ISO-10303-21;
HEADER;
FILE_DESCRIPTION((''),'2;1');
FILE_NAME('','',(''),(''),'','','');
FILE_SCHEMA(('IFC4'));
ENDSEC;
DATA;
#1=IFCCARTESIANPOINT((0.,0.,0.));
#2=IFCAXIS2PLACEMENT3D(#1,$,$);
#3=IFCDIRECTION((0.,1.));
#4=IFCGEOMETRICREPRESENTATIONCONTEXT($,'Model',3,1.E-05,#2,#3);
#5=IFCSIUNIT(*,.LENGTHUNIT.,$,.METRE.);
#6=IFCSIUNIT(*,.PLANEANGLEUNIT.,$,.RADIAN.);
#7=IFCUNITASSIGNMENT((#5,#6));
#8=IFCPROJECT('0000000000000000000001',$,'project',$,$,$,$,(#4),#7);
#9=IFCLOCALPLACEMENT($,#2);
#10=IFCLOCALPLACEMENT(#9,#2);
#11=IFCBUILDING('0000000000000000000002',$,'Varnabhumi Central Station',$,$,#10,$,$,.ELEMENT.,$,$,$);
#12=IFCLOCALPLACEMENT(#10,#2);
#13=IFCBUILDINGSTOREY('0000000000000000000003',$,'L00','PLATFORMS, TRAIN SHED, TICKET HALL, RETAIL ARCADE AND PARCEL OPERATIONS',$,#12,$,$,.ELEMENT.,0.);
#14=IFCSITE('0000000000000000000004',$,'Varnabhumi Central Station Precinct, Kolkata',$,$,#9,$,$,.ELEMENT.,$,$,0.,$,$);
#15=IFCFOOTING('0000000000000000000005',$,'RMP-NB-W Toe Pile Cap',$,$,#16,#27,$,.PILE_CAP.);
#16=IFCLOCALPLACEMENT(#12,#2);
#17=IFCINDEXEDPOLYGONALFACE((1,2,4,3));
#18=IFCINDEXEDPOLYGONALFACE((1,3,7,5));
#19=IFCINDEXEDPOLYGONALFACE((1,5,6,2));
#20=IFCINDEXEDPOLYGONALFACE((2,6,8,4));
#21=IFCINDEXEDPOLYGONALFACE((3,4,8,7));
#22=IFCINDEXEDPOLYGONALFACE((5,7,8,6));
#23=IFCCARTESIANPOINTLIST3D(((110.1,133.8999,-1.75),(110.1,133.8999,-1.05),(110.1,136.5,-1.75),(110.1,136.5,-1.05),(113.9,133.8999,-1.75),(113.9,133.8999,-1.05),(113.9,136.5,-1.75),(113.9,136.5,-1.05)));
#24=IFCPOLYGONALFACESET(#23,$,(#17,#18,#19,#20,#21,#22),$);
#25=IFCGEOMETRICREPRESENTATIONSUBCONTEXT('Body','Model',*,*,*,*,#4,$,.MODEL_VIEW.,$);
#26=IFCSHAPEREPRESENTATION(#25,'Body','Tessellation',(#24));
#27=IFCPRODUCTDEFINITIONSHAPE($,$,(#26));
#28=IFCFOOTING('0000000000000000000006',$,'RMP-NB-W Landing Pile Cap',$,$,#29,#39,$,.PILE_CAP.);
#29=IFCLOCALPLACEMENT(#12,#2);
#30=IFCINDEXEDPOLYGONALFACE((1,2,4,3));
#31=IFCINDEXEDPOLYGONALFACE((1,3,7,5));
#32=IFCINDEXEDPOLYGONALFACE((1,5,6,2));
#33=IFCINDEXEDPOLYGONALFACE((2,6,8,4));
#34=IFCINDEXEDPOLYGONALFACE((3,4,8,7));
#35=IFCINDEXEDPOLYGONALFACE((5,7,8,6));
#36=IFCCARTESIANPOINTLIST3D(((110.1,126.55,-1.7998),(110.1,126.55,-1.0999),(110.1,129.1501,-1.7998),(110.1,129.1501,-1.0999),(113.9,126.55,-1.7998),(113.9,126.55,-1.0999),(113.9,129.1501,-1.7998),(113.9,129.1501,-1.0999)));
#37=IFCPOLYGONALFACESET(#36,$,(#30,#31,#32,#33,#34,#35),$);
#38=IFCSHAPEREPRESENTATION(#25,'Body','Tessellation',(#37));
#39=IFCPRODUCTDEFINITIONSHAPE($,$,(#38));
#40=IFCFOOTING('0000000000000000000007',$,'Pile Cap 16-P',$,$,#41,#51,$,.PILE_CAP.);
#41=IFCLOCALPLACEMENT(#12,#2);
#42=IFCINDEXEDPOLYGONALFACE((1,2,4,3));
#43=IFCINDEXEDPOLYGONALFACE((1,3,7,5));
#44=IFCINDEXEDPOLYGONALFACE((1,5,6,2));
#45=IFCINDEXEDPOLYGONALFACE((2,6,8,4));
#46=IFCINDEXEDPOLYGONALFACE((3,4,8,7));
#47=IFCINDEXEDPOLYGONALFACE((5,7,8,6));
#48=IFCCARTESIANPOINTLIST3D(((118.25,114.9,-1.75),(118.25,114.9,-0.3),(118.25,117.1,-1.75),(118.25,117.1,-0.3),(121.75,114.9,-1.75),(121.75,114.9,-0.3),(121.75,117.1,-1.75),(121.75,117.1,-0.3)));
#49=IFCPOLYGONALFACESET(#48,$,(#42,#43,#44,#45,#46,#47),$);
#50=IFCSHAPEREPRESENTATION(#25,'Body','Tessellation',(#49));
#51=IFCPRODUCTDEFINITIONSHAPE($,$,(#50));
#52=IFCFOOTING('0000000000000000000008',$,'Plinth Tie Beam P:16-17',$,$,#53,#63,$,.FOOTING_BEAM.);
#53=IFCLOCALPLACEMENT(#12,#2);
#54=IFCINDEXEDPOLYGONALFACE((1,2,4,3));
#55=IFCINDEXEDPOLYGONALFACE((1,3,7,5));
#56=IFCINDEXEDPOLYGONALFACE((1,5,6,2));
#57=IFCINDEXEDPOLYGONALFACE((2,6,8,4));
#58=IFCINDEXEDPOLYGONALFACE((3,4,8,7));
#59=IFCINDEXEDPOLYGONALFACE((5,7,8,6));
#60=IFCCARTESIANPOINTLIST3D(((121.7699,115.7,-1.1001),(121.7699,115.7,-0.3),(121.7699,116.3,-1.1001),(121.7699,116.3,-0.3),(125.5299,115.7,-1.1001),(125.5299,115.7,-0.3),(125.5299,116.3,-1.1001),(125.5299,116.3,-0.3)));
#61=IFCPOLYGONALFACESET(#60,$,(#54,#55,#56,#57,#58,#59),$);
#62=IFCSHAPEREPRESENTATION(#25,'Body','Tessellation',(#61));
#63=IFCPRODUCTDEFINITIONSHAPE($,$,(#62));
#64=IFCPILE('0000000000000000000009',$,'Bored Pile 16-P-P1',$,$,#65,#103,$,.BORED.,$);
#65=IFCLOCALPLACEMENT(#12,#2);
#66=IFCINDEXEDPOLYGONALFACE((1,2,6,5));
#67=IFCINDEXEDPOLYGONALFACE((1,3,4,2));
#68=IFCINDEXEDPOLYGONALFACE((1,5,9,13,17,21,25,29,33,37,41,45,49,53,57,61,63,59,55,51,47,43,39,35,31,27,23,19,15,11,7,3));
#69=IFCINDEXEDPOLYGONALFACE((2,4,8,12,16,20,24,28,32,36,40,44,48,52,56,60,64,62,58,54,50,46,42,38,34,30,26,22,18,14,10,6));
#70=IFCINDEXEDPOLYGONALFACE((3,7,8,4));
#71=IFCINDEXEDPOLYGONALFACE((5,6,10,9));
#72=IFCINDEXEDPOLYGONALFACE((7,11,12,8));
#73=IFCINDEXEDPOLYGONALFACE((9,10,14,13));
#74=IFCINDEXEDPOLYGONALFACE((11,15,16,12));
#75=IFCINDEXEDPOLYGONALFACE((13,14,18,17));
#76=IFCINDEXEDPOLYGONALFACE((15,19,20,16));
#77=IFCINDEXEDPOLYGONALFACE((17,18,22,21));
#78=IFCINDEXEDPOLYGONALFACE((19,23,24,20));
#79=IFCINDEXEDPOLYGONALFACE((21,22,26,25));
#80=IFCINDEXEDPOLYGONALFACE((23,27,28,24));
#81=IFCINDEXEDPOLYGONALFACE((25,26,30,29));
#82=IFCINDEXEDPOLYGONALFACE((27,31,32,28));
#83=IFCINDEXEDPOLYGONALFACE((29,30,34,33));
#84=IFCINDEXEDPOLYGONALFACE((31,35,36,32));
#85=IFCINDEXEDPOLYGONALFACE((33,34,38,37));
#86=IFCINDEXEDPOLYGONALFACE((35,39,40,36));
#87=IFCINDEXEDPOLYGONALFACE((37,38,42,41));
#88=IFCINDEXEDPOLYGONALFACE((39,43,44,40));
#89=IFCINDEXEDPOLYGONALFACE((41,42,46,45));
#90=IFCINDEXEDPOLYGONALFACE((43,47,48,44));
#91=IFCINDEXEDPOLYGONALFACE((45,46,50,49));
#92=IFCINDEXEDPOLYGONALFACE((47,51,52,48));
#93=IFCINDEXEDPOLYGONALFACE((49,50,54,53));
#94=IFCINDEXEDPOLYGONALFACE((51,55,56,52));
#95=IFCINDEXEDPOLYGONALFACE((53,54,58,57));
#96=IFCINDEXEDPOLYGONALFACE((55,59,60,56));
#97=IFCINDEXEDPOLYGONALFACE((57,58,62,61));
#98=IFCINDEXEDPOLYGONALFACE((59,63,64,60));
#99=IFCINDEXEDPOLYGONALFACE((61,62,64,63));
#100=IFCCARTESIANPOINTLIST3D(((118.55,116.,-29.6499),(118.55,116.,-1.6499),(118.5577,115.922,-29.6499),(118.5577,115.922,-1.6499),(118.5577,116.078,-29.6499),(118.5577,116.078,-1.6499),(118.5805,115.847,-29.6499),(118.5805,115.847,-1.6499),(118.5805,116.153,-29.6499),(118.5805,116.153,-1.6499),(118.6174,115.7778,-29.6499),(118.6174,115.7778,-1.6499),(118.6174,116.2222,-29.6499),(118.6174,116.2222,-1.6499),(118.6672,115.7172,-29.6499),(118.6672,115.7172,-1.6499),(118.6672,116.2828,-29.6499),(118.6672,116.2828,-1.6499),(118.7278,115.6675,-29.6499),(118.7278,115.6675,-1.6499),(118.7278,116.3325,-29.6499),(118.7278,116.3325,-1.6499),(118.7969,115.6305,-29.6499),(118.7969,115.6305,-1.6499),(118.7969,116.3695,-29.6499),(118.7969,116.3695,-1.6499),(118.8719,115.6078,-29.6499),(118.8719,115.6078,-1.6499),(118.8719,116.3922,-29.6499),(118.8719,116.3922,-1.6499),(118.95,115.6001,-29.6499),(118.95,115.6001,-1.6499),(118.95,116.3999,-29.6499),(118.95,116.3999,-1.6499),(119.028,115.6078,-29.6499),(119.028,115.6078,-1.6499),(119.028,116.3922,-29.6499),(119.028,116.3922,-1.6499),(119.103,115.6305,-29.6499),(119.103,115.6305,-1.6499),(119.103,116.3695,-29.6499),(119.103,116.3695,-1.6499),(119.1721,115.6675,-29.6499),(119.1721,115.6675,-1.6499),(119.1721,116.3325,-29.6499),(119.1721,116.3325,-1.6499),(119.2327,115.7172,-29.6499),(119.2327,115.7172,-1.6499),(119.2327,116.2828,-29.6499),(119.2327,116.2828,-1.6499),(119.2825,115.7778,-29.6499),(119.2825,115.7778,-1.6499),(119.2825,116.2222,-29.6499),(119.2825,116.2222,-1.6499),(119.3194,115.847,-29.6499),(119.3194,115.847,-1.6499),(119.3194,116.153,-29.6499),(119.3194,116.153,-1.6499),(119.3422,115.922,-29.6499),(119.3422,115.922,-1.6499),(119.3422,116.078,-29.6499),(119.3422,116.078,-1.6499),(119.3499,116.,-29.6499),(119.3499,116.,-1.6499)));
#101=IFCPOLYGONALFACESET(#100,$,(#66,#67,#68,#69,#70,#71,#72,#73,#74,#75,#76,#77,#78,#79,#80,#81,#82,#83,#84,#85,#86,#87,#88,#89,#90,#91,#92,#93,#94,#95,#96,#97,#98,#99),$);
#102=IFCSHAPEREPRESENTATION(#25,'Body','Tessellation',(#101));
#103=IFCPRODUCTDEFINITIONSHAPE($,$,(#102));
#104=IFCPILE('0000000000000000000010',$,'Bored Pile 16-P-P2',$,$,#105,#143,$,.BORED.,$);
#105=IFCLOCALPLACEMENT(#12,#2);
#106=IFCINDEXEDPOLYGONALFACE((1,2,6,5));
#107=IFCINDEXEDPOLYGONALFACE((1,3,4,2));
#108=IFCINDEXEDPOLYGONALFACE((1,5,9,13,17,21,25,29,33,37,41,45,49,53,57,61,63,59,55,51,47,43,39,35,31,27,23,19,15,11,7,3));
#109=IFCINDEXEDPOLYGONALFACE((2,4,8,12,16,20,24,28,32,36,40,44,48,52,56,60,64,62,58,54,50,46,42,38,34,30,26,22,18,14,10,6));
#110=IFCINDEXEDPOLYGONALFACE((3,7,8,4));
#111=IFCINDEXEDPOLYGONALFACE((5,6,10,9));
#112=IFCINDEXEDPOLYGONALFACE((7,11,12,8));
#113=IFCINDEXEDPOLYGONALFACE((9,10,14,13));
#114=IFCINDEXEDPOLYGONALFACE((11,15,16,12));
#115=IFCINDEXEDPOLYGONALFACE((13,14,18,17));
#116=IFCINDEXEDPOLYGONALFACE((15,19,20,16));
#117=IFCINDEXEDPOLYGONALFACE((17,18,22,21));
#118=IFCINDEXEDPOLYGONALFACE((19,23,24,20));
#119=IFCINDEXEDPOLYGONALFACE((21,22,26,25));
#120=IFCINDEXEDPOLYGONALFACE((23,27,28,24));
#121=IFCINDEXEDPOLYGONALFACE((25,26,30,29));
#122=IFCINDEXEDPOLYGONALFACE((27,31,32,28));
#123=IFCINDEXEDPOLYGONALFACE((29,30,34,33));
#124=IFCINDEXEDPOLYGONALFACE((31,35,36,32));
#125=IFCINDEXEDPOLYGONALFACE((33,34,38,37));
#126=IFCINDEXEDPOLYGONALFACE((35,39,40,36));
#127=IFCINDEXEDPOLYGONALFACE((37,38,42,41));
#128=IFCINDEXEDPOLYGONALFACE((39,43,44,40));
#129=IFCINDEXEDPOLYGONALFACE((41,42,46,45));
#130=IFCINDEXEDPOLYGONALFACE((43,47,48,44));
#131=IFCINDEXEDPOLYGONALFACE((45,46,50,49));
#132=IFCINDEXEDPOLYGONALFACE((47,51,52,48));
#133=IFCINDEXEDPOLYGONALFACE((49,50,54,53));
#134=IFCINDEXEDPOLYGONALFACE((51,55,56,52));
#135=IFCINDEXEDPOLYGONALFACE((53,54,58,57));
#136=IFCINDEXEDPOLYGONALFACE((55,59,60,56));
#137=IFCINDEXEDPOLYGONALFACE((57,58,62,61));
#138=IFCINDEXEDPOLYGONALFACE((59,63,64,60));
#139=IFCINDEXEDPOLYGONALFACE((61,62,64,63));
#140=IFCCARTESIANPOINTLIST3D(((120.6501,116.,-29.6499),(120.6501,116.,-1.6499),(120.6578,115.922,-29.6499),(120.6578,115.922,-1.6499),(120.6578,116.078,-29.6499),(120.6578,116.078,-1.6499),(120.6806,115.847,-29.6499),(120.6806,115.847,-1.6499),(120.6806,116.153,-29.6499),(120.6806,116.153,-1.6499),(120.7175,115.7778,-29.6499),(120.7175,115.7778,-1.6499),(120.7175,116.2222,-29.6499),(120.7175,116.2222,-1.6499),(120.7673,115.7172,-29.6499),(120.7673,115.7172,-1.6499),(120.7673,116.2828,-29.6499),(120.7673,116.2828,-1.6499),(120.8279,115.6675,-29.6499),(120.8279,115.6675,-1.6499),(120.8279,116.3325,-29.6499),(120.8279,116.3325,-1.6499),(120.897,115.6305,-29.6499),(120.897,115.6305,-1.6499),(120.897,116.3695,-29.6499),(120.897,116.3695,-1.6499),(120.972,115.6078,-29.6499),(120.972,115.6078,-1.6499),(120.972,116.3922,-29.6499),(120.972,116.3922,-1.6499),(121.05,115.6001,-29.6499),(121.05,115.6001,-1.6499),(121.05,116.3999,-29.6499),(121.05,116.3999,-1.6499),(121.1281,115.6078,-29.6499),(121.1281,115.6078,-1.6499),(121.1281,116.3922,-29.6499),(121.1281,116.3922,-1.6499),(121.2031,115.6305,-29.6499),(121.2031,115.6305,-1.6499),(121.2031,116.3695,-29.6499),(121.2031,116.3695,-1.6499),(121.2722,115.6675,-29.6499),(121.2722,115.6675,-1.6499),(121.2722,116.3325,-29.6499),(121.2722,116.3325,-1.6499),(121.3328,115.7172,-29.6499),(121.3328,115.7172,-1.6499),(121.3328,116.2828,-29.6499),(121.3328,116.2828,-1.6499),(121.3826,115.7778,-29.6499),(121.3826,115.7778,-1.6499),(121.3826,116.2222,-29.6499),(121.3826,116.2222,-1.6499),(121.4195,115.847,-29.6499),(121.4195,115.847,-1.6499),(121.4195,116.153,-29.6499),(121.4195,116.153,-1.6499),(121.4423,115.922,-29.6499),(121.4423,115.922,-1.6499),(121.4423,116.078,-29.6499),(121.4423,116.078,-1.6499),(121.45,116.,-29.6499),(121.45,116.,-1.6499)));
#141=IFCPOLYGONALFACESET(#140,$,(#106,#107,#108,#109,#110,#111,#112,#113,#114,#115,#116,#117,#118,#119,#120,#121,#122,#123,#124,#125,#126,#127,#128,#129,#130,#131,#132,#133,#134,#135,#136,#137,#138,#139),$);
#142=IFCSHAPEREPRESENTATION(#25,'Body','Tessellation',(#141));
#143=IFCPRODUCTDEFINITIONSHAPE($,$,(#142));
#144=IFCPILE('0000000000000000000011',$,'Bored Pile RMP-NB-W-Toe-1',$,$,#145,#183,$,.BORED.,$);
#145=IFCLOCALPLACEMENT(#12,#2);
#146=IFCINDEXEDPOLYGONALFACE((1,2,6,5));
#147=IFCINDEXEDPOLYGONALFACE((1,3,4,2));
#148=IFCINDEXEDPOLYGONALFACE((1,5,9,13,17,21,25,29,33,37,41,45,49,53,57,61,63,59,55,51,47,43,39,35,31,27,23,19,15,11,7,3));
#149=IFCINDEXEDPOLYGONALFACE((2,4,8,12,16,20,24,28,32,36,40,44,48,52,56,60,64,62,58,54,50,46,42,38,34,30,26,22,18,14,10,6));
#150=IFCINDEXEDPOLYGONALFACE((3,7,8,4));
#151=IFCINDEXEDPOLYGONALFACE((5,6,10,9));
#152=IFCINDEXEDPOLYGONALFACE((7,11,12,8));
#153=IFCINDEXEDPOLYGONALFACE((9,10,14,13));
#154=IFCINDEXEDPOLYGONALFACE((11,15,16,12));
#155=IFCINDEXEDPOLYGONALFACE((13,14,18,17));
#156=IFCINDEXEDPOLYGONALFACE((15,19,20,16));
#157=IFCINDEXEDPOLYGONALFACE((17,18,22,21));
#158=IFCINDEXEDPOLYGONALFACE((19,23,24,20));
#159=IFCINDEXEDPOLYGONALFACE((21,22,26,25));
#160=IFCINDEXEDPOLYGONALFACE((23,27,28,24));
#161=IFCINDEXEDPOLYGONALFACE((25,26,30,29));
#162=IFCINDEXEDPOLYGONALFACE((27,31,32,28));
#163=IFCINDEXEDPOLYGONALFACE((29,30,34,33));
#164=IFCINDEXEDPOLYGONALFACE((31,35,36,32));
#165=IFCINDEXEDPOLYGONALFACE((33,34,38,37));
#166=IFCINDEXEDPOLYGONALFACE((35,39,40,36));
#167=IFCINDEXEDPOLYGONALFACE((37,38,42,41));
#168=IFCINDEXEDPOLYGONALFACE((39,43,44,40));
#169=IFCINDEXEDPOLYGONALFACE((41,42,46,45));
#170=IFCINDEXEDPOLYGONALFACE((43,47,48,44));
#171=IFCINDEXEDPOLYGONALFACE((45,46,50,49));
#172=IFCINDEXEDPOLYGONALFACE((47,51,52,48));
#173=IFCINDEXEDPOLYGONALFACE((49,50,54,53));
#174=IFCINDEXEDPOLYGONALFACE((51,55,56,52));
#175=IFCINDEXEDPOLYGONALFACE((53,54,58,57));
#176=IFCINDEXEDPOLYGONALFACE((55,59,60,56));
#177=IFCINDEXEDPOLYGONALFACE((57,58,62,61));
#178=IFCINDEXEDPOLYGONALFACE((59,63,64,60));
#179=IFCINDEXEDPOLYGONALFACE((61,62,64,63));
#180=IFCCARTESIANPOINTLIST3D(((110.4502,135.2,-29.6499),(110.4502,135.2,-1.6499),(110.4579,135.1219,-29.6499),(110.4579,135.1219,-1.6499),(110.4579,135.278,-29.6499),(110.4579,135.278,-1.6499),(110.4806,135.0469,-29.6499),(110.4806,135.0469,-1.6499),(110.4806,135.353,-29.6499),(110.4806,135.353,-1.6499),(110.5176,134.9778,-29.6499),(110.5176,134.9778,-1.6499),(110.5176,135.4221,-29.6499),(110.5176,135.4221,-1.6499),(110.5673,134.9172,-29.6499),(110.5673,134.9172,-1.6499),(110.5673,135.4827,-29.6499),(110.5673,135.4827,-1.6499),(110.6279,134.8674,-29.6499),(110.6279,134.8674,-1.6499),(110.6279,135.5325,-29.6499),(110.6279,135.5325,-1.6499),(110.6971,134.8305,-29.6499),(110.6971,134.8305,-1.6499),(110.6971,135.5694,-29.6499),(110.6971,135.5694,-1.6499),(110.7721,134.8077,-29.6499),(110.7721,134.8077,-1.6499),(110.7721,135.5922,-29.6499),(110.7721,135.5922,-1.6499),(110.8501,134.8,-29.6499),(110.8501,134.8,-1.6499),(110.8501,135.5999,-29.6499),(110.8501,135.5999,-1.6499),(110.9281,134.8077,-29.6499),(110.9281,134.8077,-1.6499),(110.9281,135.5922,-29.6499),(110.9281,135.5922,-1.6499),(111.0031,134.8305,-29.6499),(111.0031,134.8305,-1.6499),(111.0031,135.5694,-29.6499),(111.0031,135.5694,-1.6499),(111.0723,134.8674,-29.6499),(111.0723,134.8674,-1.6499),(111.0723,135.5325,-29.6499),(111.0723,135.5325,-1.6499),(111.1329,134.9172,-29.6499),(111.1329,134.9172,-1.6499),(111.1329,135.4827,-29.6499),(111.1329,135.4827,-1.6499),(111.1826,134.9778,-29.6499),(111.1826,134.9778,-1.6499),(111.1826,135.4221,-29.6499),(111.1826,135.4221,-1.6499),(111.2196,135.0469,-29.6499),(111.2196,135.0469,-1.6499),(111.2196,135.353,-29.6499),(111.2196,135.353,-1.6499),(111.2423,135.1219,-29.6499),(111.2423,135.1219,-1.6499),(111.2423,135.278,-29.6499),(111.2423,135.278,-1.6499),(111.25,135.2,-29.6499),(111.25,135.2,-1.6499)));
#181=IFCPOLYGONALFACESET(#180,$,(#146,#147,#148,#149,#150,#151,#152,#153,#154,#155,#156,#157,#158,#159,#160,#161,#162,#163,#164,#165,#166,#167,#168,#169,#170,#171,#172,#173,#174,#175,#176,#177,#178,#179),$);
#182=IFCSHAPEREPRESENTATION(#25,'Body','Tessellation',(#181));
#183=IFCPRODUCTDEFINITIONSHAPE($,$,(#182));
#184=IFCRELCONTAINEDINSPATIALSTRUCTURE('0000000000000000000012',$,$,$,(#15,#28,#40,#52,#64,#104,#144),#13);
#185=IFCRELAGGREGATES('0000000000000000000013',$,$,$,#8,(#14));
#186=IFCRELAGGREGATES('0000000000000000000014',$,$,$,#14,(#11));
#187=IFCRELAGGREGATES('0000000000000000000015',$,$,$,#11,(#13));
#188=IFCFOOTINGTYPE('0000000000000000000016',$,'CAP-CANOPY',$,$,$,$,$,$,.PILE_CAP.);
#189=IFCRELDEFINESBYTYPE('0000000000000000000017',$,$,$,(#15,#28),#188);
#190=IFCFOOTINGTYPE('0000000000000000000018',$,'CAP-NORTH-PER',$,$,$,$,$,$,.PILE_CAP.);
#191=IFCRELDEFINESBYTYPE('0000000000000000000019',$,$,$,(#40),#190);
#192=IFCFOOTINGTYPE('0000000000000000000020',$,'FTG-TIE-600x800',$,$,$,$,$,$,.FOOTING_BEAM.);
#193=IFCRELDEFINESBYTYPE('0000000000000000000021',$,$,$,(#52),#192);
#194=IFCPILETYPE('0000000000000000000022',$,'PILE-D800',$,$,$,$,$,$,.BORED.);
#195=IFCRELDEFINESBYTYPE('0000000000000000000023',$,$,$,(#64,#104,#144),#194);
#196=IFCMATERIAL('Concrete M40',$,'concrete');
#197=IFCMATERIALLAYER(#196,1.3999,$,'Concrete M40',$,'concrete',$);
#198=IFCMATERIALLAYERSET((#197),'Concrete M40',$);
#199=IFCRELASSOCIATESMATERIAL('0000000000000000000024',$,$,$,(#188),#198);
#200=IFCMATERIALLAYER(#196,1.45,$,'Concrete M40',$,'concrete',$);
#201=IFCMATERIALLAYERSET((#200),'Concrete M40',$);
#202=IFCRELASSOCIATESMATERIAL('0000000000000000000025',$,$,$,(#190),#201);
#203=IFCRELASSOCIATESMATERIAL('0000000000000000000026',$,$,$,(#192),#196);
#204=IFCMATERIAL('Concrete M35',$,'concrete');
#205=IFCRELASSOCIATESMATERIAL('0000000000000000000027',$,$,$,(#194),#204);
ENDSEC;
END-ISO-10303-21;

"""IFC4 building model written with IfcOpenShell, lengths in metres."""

from ifc_helpers import new_model, si_unit, direction, frame, origin, origin_2d, place, context, subcontext, project, spatial, rectangle, circle, extrude, material, layer, layer_set, material_profile, profile_set, type_object, element, save


model = new_model("IFC4")

# Units and contexts
model_context = context("Model", 3, precision=1e-05, world=origin(), true_north=direction((0.0, 1.0)))
body_context = subcontext(model_context, "Body", "Model", "MODEL_VIEW")
ifc_project = project(units=[si_unit("LENGTHUNIT", "METRE"), si_unit("PLANEANGLEUNIT", "RADIAN")], contexts=[model_context])

# Site, building, storey
site_placement = place(None, origin())
site = spatial("IfcSite", under=ifc_project, at=site_placement, Name="Varnabhumi Central Station Precinct, Kolkata", CompositionType="ELEMENT", RefElevation=0.0)
building_placement = place(site_placement, origin())
building = spatial("IfcBuilding", under=site, at=building_placement, Name="Varnabhumi Central Station", CompositionType="ELEMENT")
storey_placement = place(building_placement, origin())
storey = spatial("IfcBuildingStorey", under=building, at=storey_placement, Name="L00", Description="PLATFORMS, TRAIN SHED, TICKET HALL, RETAIL ARCADE AND PARCEL OPERATIONS", CompositionType="ELEMENT", Elevation=0.0)

# Footings
ifc_material_1 = material(Name="Concrete M40", Category="concrete")
ifc_layer_1 = layer(ifc_material_1, 1.3999, Name="Concrete M40", Category="concrete")
ifc_layer_set_1 = layer_set([ifc_layer_1], Name="Concrete M40")
footing_type_1 = type_object("IfcFootingType", Name="CAP-CANOPY", PredefinedType="PILE_CAP", material=ifc_layer_set_1)
for number, where, z_axis, x_axis, name in (
    (1, (112.0, 135.2, -1.75), (0.0, 0.0, 1.0), (1.0, 0.0, 0.0), "RMP-NB-W Toe Pile Cap"),
    (2, (112.0, 127.8501, -1.7998), (0.0, 0.0, 1.0), (1.0, 0.0, 0.0), "RMP-NB-W Landing Pile Cap"),
):
    element("IfcFooting", number, at=place(storey_placement, frame(where, z_axis=z_axis, x_axis=x_axis)), inside=storey, type_object=footing_type_1, Name=name, PredefinedType="PILE_CAP", context=body_context, shape_type="SweptSolid", body=[
        extrude(rectangle(XDim=3.8, YDim=2.6001, at=origin_2d()), origin(), (0.0, 0.0, 1.0), 0.7),
    ])
ifc_layer_2 = layer(ifc_material_1, 1.45, Name="Concrete M40", Category="concrete")
ifc_layer_set_2 = layer_set([ifc_layer_2], Name="Concrete M40")
footing_type_2 = type_object("IfcFootingType", Name="CAP-NORTH-PER", PredefinedType="PILE_CAP", material=ifc_layer_set_2)
footing_1_placement = place(storey_placement, frame((120.0, 116.0, -1.75), z_axis=(0.0, 0.0, 1.0), x_axis=(1.0, 0.0, 0.0)))
element("IfcFooting", 3, at=footing_1_placement, inside=storey, type_object=footing_type_2, Name="Pile Cap 16-P", PredefinedType="PILE_CAP", context=body_context, shape_type="SweptSolid", body=[
    extrude(rectangle(XDim=3.5, YDim=2.2, at=origin_2d()), origin(), (0.0, 0.0, 1.0), 1.45),
])
footing_type_3 = type_object("IfcFootingType", Name="FTG-TIE-600x800", PredefinedType="FOOTING_BEAM", material=ifc_material_1)
footing_2_placement = place(storey_placement, frame((123.6499, 116.0, -1.1001), z_axis=(0.0, 0.0, 1.0), x_axis=(1.0, 0.0, 0.0)))
element("IfcFooting", 4, at=footing_2_placement, inside=storey, type_object=footing_type_3, Name="Plinth Tie Beam P:16-17", PredefinedType="FOOTING_BEAM", context=body_context, shape_type="SweptSolid", body=[
    extrude(rectangle(XDim=3.76, YDim=0.6001, at=origin_2d()), origin(), (0.0, 0.0, 1.0), 0.8),
])

# Piles
ifc_material_2 = material(Name="Concrete M35", Category="concrete")
ifc_material_profile_1 = material_profile(ifc_material_2, circle(Radius=0.3999, at=origin_2d()), Name="Concrete M35", Category="concrete")
ifc_profile_set_1 = profile_set([ifc_material_profile_1], Name="Concrete M35")
pile_type = type_object("IfcPileType", Name="PILE-D800", PredefinedType="BORED", material=ifc_profile_set_1)
for number, where, z_axis, x_axis, name in (
    (5, (118.95, 116.0, -1.6499), (0.0, 0.0, -1.0), (1.0, 0.0, 0.0), "Bored Pile 16-P-P1"),
    (6, (121.05, 116.0, -1.6499), (0.0, 0.0, -1.0), (1.0, 0.0, 0.0), "Bored Pile 16-P-P2"),
    (7, (110.8501, 135.2, -1.6499), (0.0, 0.0, -1.0), (1.0, 0.0, 0.0), "Bored Pile RMP-NB-W-Toe-1"),
):
    element("IfcPile", number, at=place(storey_placement, frame(where, z_axis=z_axis, x_axis=x_axis)), inside=storey, type_object=pile_type, Name=name, PredefinedType="BORED", context=body_context, shape_type="SweptSolid", body=[
        extrude(circle(Radius=0.3999, at=origin_2d()), origin(), (0.0, 0.0, 1.0), 28.0),
    ])

save(model, "model.ifc")
